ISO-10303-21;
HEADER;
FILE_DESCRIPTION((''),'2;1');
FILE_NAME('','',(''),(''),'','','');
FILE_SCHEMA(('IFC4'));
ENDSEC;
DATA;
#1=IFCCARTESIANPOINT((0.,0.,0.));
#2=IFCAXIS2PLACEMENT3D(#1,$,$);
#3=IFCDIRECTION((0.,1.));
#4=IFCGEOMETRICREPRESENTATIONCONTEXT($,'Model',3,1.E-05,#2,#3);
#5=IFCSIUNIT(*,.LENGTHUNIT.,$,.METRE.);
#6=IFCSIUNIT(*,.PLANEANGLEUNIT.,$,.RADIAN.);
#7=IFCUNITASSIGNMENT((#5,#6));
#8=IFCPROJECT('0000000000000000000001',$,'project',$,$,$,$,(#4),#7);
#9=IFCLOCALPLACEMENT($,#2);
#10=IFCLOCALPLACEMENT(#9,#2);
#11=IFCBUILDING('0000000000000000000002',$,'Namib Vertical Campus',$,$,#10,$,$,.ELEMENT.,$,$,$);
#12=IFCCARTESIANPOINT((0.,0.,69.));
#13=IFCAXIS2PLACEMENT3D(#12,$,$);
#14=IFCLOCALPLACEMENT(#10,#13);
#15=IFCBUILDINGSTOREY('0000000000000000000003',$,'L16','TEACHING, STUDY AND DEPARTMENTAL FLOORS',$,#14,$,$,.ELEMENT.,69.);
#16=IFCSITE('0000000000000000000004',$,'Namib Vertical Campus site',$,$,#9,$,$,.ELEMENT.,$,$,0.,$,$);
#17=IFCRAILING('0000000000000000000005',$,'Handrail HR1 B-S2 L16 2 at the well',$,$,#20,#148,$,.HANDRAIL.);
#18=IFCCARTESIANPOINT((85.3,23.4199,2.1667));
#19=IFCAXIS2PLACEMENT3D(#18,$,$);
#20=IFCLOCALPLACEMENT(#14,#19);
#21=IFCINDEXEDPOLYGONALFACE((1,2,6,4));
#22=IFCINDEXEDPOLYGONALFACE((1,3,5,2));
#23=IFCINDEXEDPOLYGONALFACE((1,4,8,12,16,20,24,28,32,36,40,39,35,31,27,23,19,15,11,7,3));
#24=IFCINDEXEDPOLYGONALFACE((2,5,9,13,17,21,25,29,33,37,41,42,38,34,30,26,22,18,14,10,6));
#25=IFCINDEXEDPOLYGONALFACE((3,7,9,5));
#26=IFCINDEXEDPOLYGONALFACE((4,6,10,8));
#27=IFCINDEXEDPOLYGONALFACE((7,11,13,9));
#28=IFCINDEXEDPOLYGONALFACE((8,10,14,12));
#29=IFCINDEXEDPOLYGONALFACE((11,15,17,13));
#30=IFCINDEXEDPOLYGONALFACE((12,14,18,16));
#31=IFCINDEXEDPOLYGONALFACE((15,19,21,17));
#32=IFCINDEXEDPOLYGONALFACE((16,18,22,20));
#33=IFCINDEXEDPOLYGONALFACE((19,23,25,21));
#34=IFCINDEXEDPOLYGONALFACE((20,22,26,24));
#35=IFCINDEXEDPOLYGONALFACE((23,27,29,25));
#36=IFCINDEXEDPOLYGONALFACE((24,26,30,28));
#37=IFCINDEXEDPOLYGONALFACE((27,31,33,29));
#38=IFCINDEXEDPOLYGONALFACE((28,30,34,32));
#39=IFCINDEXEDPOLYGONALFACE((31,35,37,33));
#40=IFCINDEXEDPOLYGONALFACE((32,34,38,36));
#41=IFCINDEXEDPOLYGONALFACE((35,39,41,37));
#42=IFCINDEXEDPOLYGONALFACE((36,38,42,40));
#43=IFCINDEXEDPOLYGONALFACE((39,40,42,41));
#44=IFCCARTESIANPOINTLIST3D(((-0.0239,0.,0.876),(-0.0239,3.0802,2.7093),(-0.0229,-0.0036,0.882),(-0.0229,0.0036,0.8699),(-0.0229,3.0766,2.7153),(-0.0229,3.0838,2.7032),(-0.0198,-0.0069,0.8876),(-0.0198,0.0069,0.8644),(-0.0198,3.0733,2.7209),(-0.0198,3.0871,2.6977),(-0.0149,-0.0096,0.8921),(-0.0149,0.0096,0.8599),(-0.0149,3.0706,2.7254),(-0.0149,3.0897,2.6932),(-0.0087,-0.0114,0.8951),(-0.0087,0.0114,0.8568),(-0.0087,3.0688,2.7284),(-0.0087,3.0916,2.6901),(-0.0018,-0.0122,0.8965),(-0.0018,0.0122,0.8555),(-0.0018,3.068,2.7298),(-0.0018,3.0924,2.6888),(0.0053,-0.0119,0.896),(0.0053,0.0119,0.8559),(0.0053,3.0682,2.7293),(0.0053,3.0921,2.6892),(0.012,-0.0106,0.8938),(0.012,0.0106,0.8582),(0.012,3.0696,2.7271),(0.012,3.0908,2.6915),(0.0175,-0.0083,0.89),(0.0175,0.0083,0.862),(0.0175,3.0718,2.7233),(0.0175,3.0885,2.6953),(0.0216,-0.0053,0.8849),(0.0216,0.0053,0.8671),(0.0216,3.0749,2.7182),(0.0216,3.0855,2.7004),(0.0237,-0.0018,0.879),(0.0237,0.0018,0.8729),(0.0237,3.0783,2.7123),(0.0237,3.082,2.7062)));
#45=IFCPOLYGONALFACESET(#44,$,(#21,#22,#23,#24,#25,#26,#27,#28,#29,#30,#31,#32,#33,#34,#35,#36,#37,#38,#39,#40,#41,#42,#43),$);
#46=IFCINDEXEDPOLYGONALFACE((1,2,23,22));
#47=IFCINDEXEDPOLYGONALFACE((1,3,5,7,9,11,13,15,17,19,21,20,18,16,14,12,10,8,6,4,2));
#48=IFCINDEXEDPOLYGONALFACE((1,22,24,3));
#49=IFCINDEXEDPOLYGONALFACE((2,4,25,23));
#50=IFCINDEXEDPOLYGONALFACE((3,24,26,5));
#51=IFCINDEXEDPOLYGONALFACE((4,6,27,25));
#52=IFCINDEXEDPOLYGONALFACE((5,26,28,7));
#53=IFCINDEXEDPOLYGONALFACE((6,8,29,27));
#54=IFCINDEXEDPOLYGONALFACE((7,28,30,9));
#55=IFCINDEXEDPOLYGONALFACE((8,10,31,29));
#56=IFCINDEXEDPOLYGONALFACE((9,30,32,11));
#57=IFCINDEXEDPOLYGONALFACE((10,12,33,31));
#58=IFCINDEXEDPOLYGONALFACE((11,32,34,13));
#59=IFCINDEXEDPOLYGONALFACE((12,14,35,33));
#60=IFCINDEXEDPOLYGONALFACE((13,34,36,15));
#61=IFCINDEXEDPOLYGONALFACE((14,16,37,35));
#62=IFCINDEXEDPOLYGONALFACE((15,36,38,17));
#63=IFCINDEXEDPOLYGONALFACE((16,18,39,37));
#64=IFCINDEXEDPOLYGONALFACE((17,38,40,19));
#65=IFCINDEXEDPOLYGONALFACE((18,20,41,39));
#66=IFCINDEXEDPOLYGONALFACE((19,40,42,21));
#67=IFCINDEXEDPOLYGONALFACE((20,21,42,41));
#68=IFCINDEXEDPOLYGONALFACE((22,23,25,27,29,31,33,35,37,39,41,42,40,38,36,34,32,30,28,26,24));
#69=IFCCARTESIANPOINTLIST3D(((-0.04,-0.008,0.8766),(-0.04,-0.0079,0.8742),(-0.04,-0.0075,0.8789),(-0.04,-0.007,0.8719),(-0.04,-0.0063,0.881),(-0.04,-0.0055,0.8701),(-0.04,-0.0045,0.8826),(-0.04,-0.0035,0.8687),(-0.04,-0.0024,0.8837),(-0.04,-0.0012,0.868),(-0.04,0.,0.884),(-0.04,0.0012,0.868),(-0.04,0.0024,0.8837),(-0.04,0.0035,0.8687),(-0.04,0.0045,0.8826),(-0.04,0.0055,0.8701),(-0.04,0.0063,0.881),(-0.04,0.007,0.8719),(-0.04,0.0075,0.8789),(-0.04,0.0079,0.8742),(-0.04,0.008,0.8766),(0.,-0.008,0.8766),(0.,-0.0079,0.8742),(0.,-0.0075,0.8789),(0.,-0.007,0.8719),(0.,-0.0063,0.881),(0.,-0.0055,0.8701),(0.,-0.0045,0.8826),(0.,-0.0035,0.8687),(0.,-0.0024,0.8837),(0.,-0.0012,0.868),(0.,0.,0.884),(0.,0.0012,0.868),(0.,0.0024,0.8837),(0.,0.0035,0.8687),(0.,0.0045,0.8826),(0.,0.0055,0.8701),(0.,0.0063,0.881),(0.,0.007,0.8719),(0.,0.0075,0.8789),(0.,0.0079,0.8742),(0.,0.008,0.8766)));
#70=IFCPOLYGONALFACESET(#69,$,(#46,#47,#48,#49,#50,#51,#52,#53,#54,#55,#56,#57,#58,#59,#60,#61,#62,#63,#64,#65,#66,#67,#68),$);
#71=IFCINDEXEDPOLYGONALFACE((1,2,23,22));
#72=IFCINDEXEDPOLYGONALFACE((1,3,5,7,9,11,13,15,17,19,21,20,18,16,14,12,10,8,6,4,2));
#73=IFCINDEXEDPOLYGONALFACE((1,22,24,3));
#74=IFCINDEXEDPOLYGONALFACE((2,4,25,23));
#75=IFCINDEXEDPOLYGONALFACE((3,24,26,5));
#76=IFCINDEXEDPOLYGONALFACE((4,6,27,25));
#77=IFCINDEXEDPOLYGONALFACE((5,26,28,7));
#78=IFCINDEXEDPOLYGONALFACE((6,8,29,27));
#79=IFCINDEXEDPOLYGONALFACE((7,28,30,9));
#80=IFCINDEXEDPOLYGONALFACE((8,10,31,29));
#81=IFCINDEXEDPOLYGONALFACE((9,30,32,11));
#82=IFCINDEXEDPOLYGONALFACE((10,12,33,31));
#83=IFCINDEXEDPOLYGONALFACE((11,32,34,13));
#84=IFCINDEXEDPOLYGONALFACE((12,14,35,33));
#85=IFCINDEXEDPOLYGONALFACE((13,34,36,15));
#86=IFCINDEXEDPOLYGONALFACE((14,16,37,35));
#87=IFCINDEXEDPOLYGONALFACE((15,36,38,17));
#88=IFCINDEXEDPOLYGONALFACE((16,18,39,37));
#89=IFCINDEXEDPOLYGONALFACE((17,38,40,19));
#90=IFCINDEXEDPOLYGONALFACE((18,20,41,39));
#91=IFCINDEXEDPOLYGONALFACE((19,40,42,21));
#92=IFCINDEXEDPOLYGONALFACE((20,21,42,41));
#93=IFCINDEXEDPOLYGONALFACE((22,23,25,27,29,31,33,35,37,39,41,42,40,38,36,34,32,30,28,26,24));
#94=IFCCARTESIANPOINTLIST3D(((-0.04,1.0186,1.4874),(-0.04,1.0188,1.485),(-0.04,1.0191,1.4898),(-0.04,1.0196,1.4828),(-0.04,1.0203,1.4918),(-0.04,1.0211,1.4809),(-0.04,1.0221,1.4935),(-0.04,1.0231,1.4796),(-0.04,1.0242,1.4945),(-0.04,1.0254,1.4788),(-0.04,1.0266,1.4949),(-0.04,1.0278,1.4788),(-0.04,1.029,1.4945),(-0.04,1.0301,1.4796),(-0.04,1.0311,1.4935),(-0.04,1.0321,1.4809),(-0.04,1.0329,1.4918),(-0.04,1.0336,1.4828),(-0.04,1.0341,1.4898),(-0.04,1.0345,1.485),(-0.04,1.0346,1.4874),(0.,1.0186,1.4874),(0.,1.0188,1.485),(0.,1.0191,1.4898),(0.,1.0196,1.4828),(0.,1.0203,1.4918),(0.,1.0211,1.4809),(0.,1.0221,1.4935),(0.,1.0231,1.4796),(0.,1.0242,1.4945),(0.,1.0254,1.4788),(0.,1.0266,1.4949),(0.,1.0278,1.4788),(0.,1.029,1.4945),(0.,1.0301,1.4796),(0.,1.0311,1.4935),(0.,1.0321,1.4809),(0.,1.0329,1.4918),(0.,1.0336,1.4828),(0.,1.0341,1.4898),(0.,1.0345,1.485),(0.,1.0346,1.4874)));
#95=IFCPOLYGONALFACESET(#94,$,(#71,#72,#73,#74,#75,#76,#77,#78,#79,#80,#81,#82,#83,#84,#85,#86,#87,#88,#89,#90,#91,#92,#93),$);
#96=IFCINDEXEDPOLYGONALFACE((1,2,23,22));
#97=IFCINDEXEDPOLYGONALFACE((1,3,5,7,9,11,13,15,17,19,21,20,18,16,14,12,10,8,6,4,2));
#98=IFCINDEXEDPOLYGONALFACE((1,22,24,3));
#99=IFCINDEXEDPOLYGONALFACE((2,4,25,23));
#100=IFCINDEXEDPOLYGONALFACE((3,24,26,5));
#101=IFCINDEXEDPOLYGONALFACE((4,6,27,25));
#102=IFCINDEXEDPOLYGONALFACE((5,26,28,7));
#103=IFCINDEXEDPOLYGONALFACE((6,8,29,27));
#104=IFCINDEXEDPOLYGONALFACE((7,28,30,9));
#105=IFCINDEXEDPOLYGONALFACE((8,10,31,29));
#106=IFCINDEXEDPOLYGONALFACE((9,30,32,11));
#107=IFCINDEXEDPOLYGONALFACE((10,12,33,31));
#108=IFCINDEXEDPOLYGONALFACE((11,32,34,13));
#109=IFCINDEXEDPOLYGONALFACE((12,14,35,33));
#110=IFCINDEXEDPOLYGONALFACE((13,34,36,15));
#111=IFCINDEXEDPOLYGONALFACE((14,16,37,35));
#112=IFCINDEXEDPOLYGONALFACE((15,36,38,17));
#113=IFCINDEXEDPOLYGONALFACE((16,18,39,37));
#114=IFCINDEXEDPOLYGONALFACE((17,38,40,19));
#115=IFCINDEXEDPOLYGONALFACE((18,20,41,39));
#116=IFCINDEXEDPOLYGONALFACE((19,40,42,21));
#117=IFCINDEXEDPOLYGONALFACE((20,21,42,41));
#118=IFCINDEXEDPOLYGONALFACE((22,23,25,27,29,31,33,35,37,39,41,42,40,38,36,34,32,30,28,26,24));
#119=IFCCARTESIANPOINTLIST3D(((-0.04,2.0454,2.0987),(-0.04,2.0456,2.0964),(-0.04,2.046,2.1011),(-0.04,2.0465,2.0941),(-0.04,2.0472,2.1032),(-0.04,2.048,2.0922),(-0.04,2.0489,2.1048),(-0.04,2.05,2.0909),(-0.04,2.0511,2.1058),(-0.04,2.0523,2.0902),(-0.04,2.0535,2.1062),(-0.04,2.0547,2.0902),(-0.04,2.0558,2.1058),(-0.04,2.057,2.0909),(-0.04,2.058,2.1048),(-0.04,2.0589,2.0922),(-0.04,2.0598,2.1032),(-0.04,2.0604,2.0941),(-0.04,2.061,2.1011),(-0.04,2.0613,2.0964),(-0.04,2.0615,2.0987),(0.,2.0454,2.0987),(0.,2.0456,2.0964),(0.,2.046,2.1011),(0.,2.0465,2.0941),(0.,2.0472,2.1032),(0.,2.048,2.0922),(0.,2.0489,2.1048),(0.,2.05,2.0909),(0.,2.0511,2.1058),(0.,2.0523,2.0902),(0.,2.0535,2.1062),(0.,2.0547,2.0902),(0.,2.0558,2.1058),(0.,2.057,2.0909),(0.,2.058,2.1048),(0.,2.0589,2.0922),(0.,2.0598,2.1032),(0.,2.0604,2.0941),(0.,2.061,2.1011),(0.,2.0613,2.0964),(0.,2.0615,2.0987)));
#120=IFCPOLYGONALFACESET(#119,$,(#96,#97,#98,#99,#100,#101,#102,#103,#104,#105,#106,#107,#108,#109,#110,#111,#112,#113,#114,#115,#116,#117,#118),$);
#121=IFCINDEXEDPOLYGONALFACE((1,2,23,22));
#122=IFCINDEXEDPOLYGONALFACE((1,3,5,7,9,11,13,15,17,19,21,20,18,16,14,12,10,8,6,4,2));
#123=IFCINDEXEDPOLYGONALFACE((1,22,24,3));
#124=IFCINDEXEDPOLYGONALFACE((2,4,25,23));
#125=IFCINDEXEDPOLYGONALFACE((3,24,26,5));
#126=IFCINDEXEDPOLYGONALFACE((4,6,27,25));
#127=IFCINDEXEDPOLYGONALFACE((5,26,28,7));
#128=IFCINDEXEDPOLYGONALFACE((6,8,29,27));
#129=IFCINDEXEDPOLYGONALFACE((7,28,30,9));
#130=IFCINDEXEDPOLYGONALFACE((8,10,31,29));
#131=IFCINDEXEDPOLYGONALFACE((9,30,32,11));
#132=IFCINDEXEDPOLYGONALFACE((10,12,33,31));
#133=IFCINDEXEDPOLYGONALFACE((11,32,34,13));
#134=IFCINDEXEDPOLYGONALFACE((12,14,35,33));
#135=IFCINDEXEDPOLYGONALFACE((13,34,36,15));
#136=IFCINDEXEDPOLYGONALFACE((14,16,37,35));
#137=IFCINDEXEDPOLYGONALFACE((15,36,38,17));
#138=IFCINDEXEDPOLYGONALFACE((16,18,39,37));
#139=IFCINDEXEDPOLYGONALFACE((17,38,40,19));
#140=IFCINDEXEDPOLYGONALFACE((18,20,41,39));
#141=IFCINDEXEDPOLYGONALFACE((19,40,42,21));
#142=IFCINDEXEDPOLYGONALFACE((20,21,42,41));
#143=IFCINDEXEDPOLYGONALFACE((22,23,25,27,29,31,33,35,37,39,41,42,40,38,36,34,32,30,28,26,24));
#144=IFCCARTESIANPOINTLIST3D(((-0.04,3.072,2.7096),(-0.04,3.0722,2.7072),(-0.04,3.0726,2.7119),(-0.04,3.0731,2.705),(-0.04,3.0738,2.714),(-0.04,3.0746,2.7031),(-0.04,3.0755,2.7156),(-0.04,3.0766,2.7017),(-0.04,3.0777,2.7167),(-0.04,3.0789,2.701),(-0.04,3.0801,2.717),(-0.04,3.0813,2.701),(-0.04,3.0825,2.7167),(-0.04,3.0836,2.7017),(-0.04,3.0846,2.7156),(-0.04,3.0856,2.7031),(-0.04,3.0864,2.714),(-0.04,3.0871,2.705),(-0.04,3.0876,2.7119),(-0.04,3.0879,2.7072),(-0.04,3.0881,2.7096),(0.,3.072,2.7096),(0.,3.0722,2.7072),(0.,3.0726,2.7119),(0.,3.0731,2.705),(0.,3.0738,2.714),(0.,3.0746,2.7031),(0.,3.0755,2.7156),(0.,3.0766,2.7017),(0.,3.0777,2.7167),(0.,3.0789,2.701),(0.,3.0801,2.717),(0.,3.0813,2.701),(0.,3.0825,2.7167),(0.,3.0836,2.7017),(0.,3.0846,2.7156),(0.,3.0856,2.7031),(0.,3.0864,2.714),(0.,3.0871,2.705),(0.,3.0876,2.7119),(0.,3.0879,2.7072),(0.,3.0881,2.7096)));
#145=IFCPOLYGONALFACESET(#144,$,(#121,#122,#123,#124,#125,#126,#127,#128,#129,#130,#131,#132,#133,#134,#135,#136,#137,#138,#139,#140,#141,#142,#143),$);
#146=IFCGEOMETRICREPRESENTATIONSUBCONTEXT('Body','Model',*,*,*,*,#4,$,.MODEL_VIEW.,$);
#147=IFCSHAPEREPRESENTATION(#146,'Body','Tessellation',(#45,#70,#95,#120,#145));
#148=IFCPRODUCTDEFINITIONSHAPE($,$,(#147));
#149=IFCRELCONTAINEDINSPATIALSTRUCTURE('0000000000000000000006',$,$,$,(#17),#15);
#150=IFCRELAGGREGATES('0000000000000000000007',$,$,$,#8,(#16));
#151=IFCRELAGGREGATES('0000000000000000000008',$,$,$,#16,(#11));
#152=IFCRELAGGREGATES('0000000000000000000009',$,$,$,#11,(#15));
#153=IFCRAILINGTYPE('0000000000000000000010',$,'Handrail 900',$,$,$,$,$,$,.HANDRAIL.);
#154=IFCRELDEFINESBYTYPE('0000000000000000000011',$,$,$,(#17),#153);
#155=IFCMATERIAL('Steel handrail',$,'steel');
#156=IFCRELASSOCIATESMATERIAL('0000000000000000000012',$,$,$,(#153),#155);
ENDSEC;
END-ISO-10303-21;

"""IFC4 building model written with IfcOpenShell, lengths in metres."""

from ifc_helpers import new_model, si_unit, direction, frame, origin, origin_2d, place, context, subcontext, project, spatial, circle, extrude, material, type_object, element, save


model = new_model("IFC4")

# Units and contexts
model_context = context("Model", 3, precision=1e-05, world=origin(), true_north=direction((0.0, 1.0)))
body_context = subcontext(model_context, "Body", "Model", "MODEL_VIEW")
ifc_project = project(units=[si_unit("LENGTHUNIT", "METRE"), si_unit("PLANEANGLEUNIT", "RADIAN")], contexts=[model_context])

# Site, building, storey
site_placement = place(None, origin())
site = spatial("IfcSite", under=ifc_project, at=site_placement, Name="Namib Vertical Campus site", CompositionType="ELEMENT", RefElevation=0.0)
building_placement = place(site_placement, origin())
building = spatial("IfcBuilding", under=site, at=building_placement, Name="Namib Vertical Campus", CompositionType="ELEMENT")
storey_placement = place(building_placement, frame((0.0, 0.0, 69.0)))
storey = spatial("IfcBuildingStorey", under=building, at=storey_placement, Name="L16", Description="TEACHING, STUDY AND DEPARTMENTAL FLOORS", CompositionType="ELEMENT", Elevation=69.0)

# Railing
ifc_material_1 = material(Name="Steel handrail", Category="steel")
railing_type_1 = type_object("IfcRailingType", Name="Handrail 900", PredefinedType="HANDRAIL", material=ifc_material_1)
railing_1_placement = place(storey_placement, frame((85.3, 23.4199, 2.1667)))
element("IfcRailing", 1, at=railing_1_placement, inside=storey, type_object=railing_type_1, Name="Handrail HR1 B-S2 L16 2 at the well", PredefinedType="HANDRAIL", context=body_context, shape_type="SweptSolid", body=[
    extrude(circle(Radius=0.0239, at=origin_2d()), frame((0.0, 0.0, 0.876), z_axis=(0.0, 0.859309, 0.511458), x_axis=(-1.0, 0.0, 0.0)), (0.0, 0.0, 1.0), 3.5845),
    extrude(circle(Radius=0.0081, at=origin_2d()), frame((0.0, 0.0, 0.876), z_axis=(-1.0, 0.0, 0.0), x_axis=(0.0, 0.0, 1.0)), (0.0, 0.0, 1.0), 0.04),
    extrude(circle(Radius=0.0081, at=origin_2d()), frame((0.0, 1.0266, 1.4868), z_axis=(-1.0, 0.0, 0.0), x_axis=(0.0, 0.0, 1.0)), (0.0, 0.0, 1.0), 0.04),
    extrude(circle(Radius=0.0081, at=origin_2d()), frame((0.0, 2.0535, 2.0981), z_axis=(-1.0, 0.0, 0.0), x_axis=(0.0, 0.0, 1.0)), (0.0, 0.0, 1.0), 0.04),
    extrude(circle(Radius=0.0081, at=origin_2d()), frame((0.0, 3.0801, 2.709), z_axis=(-1.0, 0.0, 0.0), x_axis=(0.0, 0.0, 1.0)), (0.0, 0.0, 1.0), 0.04),
])

save(model, "model.ifc")
